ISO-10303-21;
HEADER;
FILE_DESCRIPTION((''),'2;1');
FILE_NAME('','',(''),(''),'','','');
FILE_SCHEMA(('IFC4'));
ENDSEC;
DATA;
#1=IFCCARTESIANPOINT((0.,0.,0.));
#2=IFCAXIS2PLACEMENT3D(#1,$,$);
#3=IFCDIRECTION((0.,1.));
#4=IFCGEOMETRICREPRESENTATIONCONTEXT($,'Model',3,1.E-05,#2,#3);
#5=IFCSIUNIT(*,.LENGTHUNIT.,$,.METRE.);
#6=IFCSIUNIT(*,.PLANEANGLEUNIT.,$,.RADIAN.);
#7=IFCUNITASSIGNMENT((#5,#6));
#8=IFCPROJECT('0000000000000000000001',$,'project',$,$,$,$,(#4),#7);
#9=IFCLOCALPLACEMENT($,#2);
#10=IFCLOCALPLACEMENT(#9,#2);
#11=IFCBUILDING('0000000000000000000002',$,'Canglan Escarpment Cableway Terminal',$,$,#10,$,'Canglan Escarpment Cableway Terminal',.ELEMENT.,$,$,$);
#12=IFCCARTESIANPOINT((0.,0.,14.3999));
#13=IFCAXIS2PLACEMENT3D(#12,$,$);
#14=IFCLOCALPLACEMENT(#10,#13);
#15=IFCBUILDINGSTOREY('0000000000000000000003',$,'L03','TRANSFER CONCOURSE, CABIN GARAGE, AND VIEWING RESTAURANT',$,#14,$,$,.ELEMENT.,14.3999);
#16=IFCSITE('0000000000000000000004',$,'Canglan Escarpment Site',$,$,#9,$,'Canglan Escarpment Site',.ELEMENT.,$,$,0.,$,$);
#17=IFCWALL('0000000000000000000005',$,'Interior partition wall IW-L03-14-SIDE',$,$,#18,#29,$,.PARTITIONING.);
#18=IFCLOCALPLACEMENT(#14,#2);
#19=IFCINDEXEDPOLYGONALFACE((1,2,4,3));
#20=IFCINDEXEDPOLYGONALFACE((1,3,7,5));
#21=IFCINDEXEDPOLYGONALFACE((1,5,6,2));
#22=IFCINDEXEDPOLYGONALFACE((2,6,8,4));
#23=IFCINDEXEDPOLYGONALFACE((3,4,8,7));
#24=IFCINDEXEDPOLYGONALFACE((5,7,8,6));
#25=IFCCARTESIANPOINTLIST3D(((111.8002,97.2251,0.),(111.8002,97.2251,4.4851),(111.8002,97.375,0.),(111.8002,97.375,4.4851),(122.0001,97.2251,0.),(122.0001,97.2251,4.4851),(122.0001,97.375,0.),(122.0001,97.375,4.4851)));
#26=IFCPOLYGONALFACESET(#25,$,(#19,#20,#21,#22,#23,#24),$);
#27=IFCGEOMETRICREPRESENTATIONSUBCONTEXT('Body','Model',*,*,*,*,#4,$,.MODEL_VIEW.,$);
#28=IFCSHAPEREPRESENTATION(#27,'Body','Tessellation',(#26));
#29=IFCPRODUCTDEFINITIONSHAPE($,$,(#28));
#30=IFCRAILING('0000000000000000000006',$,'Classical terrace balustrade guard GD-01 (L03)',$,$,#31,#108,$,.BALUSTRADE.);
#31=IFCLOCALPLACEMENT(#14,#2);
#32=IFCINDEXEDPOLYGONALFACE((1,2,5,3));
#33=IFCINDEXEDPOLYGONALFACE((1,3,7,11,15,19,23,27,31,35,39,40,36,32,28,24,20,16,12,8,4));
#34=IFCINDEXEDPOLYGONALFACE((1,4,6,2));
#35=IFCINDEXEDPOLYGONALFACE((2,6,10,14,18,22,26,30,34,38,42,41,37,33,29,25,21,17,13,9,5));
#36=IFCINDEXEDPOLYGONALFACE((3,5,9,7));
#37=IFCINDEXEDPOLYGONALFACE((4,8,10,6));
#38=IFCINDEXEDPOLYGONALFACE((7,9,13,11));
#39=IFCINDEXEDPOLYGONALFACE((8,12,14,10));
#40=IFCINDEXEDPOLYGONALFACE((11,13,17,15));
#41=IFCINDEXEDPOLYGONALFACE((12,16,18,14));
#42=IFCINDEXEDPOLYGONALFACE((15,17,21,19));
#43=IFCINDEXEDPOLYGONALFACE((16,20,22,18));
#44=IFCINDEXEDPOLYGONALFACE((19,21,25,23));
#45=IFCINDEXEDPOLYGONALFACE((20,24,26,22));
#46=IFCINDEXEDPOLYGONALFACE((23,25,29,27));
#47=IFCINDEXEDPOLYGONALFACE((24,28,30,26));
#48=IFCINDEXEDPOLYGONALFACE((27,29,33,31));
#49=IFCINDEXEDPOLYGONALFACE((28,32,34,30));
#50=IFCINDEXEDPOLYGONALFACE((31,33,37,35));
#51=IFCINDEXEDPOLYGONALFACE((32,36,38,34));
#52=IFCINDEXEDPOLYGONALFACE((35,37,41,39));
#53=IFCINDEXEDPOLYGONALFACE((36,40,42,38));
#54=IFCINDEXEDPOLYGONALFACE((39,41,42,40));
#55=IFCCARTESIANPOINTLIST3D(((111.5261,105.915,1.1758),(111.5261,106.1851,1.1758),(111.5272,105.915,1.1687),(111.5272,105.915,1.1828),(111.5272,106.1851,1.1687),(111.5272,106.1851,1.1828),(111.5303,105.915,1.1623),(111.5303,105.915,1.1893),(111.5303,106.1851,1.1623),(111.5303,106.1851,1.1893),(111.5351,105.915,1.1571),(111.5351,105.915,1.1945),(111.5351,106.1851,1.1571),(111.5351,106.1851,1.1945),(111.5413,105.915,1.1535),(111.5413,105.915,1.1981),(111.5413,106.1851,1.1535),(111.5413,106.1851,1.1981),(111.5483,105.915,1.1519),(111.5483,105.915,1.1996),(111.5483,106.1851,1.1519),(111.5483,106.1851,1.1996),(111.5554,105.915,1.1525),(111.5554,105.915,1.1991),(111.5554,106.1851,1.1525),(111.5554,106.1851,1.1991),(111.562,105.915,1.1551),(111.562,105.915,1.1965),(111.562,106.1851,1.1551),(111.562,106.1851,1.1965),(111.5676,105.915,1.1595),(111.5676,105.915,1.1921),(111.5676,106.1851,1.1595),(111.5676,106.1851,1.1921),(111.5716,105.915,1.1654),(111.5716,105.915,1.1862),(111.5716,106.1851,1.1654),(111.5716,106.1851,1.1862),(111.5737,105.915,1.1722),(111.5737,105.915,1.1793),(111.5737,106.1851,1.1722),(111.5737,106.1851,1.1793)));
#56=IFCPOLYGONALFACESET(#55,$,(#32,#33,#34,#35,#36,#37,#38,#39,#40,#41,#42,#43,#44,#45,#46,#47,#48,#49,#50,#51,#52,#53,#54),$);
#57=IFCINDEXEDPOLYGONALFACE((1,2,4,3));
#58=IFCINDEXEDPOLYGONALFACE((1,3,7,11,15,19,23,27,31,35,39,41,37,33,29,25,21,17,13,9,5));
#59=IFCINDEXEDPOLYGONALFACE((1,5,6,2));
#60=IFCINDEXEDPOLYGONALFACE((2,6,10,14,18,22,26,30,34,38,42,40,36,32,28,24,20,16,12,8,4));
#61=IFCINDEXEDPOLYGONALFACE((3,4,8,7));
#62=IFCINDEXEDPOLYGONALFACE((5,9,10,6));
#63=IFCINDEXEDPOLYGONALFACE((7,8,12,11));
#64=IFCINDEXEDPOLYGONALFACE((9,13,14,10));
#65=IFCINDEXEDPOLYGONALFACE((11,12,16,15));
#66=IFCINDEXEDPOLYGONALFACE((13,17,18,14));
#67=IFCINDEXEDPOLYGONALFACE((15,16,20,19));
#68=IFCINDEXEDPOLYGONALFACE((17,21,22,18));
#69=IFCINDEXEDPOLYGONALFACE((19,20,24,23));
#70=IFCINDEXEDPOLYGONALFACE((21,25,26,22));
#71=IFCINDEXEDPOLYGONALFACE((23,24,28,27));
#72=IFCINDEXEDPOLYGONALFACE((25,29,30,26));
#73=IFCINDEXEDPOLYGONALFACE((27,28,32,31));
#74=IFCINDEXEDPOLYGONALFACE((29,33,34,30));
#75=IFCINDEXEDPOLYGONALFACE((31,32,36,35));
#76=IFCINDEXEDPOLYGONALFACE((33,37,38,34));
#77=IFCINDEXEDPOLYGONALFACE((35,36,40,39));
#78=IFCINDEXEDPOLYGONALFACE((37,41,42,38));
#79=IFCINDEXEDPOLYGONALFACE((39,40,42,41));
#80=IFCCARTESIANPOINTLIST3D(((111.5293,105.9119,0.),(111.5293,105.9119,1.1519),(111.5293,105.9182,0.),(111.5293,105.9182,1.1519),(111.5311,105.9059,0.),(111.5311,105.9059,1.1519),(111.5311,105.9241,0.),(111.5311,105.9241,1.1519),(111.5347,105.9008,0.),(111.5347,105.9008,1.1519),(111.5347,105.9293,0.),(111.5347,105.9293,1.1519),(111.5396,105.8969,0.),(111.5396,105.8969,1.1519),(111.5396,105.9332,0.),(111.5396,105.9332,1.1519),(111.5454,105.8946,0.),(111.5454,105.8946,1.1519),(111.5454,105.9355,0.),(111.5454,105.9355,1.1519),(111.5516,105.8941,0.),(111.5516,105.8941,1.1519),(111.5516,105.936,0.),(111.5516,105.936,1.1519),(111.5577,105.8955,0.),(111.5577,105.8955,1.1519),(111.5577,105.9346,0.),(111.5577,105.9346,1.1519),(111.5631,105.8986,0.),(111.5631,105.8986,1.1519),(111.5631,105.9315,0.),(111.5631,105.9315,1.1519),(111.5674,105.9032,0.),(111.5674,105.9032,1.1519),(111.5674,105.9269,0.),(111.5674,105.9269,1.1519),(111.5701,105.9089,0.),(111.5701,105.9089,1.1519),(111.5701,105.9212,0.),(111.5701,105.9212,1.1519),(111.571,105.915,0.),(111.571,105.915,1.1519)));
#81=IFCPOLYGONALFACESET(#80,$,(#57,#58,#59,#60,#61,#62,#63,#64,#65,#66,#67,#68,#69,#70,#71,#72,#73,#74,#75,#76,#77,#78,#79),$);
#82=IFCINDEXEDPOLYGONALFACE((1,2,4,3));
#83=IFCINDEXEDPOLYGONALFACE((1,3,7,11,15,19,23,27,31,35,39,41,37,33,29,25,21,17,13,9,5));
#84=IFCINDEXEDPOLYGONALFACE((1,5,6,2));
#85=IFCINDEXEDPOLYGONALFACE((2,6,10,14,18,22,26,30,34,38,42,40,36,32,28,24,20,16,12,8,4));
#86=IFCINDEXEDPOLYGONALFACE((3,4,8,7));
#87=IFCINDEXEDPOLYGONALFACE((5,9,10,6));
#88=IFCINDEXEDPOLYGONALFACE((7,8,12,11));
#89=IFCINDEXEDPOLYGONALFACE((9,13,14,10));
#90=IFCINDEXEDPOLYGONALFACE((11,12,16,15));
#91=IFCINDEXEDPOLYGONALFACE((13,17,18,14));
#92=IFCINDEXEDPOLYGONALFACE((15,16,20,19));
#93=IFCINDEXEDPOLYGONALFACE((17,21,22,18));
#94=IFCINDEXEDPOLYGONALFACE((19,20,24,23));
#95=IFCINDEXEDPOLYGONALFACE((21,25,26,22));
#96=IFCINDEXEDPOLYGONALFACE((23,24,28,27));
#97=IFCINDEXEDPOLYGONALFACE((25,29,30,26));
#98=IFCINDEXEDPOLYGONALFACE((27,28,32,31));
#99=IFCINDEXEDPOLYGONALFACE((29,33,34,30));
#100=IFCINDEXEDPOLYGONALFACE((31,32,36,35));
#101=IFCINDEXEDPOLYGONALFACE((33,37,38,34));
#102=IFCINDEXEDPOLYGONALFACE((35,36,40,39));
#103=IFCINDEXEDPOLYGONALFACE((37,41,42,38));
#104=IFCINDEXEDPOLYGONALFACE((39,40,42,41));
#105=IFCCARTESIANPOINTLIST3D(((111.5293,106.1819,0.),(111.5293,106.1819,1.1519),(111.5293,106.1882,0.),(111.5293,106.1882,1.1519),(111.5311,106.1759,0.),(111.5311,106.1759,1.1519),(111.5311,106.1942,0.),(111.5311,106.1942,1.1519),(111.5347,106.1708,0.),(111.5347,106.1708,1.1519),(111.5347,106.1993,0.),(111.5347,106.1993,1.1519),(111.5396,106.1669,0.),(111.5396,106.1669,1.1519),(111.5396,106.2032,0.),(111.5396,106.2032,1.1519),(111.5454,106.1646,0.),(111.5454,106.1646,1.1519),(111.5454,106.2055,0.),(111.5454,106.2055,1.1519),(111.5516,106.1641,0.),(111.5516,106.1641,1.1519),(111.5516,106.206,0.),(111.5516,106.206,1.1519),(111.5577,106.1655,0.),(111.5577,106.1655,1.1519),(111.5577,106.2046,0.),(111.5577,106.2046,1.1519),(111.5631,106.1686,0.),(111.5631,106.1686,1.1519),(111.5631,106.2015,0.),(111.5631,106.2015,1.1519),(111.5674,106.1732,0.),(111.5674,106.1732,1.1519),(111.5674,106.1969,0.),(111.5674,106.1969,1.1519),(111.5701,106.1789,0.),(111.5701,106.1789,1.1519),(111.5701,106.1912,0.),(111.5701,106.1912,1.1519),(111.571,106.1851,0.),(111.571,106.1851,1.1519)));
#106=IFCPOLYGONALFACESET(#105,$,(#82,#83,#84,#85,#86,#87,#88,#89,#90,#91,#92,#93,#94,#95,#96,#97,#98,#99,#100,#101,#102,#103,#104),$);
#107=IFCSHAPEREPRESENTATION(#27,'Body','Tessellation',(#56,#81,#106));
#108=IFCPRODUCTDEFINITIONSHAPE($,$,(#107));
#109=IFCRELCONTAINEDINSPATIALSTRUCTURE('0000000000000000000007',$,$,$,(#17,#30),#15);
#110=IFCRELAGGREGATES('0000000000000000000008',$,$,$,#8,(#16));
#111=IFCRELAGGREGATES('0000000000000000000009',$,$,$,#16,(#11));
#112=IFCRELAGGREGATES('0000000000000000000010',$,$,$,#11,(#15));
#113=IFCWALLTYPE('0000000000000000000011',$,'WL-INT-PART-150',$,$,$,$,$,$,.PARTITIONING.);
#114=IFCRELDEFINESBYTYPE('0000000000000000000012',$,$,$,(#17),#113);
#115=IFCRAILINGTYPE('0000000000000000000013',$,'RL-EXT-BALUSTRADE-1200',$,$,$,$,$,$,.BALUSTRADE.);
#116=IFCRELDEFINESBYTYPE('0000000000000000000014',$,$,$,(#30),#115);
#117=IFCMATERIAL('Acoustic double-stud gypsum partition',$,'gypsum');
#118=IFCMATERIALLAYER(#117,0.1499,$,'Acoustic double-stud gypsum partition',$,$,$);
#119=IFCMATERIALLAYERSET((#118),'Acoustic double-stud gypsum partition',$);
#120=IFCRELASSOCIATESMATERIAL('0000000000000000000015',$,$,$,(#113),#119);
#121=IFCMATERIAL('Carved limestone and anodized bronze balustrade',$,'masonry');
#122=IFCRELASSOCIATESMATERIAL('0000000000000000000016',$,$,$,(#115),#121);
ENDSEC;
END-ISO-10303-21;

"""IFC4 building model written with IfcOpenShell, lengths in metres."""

from ifc_helpers import new_model, si_unit, direction, frame, frame_2d, origin, origin_2d, place, context, subcontext, project, spatial, rectangle, circle, extrude, material, layer, layer_set, type_object, element, save


model = new_model("IFC4")

# Units and contexts
model_context = context("Model", 3, precision=1e-05, world=origin(), true_north=direction((0.0, 1.0)))
body_context = subcontext(model_context, "Body", "Model", "MODEL_VIEW")
ifc_project = project(units=[si_unit("LENGTHUNIT", "METRE"), si_unit("PLANEANGLEUNIT", "RADIAN")], contexts=[model_context])

# Site, building, storey
site_placement = place(None, origin())
site = spatial("IfcSite", under=ifc_project, at=site_placement, Name="Canglan Escarpment Site", LongName="Canglan Escarpment Site", CompositionType="ELEMENT", RefElevation=0.0)
building_placement = place(site_placement, origin())
building = spatial("IfcBuilding", under=site, at=building_placement, Name="Canglan Escarpment Cableway Terminal", LongName="Canglan Escarpment Cableway Terminal", CompositionType="ELEMENT")
storey_placement = place(building_placement, frame((0.0, 0.0, 14.3999)))
storey = spatial("IfcBuildingStorey", under=building, at=storey_placement, Name="L03", Description="TRANSFER CONCOURSE, CABIN GARAGE, AND VIEWING RESTAURANT", CompositionType="ELEMENT", Elevation=14.3999)

# Wall
ifc_material_1 = material(Name="Acoustic double-stud gypsum partition", Category="gypsum")
ifc_layer_1 = layer(ifc_material_1, 0.1499, Name="Acoustic double-stud gypsum partition")
ifc_layer_set_1 = layer_set([ifc_layer_1], Name="Acoustic double-stud gypsum partition")
wall_type_1 = type_object("IfcWallType", Name="WL-INT-PART-150", PredefinedType="PARTITIONING", material=ifc_layer_set_1)
wall_placement = place(storey_placement, frame((111.8, 97.3, 0.0), z_axis=(0.0, 0.0, 1.0), x_axis=(1.0, 0.0, 0.0)))
element("IfcWall", 1, at=wall_placement, inside=storey, type_object=wall_type_1, Name="Interior partition wall IW-L03-14-SIDE", PredefinedType="PARTITIONING", context=body_context, shape_type="SweptSolid", body=[
    extrude(rectangle(XDim=10.2, YDim=0.1499, at=frame_2d((5.1001, 0.0))), origin(), (0.0, 0.0, 1.0), 4.4851),
])

# Railing
ifc_material_2 = material(Name="Carved limestone and anodized bronze balustrade", Category="masonry")
railing_type = type_object("IfcRailingType", Name="RL-EXT-BALUSTRADE-1200", PredefinedType="BALUSTRADE", material=ifc_material_2)
railing_placement = place(storey_placement, frame((111.55, 105.915, 0.0)))
element("IfcRailing", 2, at=railing_placement, inside=storey, type_object=railing_type, Name="Classical terrace balustrade guard GD-01 (L03)", PredefinedType="BALUSTRADE", context=body_context, shape_type="SweptSolid", body=[
    extrude(circle(Radius=0.0239, at=origin_2d()), frame((0.0, 0.0, 1.1758), z_axis=(0.0, 1.0, 0.0), x_axis=(-1.0, 0.0, 0.0)), (0.0, 0.0, 1.0), 0.27),
    extrude(circle(Radius=0.021, at=origin_2d()), origin(), (0.0, 0.0, 1.0), 1.1519),
    extrude(circle(Radius=0.021, at=origin_2d()), frame((0.0, 0.27, 0.0)), (0.0, 0.0, 1.0), 1.1519),
])

save(model, "model.ifc")
